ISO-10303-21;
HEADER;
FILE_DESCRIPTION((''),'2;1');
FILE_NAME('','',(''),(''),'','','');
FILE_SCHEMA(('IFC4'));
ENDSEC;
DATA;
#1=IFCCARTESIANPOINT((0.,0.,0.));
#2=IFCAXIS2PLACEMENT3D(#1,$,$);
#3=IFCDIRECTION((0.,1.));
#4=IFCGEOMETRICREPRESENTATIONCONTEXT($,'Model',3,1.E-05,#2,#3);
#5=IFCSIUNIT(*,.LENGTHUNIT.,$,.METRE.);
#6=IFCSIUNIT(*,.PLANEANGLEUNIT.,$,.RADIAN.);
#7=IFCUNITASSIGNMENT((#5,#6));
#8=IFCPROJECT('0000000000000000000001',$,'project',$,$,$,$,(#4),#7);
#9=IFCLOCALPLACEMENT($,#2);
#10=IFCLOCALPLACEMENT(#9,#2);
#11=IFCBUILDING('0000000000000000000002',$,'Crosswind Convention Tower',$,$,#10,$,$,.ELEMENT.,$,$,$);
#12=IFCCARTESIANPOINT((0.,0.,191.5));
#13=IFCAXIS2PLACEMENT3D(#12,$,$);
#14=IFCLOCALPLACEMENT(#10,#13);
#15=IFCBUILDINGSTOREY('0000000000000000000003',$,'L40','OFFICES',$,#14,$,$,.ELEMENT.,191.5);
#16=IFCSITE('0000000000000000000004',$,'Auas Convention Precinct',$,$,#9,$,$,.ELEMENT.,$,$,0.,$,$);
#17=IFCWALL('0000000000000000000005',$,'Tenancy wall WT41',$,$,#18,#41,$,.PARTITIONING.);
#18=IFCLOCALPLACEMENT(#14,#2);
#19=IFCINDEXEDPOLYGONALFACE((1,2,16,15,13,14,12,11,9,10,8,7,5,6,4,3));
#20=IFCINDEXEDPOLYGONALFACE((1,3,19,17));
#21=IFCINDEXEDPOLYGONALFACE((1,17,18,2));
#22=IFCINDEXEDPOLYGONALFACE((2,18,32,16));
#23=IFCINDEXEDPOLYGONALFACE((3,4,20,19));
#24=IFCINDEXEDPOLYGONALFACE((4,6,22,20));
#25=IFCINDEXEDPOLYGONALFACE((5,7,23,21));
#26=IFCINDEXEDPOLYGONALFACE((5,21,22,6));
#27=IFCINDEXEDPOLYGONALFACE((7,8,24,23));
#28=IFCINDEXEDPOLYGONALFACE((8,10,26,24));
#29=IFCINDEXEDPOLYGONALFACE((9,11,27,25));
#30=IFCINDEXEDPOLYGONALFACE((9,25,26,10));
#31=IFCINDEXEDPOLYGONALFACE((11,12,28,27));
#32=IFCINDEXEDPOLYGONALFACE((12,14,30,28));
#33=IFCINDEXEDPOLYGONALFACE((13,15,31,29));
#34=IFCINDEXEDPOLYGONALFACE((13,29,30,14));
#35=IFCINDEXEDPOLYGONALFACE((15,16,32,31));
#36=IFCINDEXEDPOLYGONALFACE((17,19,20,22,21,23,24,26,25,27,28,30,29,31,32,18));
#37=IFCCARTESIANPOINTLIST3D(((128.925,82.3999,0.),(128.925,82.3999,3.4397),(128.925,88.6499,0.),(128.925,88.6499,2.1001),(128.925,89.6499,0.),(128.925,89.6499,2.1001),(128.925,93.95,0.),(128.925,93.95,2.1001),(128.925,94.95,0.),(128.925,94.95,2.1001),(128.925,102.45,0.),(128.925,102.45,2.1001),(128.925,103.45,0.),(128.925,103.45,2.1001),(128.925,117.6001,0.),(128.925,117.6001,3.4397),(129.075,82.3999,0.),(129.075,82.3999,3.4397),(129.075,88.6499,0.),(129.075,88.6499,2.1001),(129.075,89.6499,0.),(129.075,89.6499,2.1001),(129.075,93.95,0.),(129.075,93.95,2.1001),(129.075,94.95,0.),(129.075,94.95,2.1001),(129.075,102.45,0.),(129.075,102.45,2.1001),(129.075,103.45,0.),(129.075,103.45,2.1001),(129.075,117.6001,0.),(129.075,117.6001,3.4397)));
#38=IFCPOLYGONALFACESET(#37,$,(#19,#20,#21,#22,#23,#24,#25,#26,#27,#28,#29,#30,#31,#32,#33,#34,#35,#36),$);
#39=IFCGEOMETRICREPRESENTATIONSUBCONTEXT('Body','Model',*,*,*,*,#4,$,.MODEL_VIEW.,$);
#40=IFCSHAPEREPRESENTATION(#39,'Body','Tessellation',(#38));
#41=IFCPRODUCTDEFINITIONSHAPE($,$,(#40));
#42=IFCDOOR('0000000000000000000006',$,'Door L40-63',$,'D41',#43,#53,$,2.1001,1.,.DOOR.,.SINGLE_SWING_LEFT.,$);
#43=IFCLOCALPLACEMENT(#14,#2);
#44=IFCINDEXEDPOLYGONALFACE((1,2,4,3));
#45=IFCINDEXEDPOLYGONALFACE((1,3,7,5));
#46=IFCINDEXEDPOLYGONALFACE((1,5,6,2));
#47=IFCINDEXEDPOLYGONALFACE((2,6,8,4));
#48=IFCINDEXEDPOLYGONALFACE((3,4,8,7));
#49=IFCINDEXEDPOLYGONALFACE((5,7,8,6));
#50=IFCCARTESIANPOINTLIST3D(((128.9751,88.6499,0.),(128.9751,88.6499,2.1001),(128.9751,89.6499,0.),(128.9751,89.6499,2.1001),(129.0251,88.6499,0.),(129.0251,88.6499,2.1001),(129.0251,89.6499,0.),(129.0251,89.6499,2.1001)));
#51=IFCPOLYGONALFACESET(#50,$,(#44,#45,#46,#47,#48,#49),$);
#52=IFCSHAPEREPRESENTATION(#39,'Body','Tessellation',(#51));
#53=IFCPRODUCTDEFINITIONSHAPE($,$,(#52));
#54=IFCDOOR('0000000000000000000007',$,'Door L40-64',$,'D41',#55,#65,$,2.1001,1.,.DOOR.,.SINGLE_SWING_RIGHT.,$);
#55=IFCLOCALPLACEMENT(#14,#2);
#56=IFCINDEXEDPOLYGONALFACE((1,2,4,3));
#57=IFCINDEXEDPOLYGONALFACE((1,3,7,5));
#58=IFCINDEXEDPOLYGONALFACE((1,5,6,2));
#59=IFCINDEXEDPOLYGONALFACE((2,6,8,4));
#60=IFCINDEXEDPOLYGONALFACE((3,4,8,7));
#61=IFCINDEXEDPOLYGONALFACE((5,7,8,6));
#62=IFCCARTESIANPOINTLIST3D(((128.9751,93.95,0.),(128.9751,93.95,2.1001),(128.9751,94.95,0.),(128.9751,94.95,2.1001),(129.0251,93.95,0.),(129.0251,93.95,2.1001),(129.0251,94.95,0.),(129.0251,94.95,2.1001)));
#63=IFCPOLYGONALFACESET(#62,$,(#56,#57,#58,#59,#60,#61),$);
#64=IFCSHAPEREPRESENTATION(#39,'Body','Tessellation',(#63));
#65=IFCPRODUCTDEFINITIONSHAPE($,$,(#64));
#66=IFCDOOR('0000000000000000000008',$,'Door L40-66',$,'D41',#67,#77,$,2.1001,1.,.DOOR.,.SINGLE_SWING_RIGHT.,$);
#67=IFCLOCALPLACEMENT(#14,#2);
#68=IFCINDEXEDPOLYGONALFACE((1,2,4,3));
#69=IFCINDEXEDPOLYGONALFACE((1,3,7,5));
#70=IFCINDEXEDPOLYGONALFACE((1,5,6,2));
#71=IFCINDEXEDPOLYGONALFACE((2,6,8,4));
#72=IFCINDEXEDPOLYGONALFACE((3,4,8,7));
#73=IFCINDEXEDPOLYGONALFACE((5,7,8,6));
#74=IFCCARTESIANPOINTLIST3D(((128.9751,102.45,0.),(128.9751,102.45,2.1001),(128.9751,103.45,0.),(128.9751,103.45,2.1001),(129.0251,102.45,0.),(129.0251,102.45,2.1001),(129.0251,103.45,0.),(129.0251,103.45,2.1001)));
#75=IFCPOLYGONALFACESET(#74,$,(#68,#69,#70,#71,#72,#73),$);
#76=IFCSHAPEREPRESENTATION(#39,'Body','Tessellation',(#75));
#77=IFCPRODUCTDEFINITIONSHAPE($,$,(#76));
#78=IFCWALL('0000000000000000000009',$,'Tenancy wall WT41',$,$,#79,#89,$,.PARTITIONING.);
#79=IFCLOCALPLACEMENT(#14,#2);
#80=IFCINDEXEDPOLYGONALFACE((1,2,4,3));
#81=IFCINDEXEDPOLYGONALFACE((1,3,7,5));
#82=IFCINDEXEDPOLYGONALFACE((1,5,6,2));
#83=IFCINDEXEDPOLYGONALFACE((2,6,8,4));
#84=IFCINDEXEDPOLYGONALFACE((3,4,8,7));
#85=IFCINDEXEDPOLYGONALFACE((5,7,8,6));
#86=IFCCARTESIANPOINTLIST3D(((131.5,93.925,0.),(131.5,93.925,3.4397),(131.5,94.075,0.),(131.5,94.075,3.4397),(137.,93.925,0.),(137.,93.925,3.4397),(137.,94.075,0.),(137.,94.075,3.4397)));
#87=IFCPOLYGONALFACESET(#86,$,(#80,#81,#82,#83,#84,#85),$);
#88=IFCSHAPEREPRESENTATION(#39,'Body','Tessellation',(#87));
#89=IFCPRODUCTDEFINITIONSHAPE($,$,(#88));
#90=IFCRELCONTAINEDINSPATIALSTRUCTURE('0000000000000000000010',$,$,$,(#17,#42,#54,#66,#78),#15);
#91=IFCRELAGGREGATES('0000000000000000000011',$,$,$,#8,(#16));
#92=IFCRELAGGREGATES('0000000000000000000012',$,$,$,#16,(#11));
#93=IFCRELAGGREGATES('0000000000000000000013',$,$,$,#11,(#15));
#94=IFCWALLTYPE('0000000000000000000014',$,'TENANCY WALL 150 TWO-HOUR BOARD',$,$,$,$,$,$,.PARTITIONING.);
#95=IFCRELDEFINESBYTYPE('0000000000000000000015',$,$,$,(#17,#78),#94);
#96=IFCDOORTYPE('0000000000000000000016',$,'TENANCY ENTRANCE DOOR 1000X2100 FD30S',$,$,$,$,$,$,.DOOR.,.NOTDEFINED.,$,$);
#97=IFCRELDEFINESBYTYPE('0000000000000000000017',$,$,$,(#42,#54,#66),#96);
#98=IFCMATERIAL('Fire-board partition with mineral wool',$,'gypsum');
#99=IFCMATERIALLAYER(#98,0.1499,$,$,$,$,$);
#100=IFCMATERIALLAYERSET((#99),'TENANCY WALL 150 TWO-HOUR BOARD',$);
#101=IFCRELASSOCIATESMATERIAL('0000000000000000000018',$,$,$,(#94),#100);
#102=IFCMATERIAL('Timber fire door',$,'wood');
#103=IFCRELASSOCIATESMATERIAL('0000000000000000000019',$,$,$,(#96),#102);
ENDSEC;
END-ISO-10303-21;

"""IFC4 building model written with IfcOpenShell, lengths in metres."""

from ifc_helpers import new_model, si_unit, direction, frame, frame_2d, origin, place, context, subcontext, project, spatial, rectangle, extrude, material, layer, layer_set, type_object, element, fill, save


model = new_model("IFC4")

# Units and contexts
model_context = context("Model", 3, precision=1e-05, world=origin(), true_north=direction((0.0, 1.0)))
body_context = subcontext(model_context, "Body", "Model", "MODEL_VIEW")
ifc_project = project(units=[si_unit("LENGTHUNIT", "METRE"), si_unit("PLANEANGLEUNIT", "RADIAN")], contexts=[model_context])

# Site, building, storey
site_placement = place(None, origin())
site = spatial("IfcSite", under=ifc_project, at=site_placement, Name="Auas Convention Precinct", CompositionType="ELEMENT", RefElevation=0.0)
building_placement = place(site_placement, origin())
building = spatial("IfcBuilding", under=site, at=building_placement, Name="Crosswind Convention Tower", CompositionType="ELEMENT")
storey_placement = place(building_placement, frame((0.0, 0.0, 191.5)))
storey = spatial("IfcBuildingStorey", under=building, at=storey_placement, Name="L40", Description="OFFICES", CompositionType="ELEMENT", Elevation=191.5)

# Wall, openings, doors
ifc_material_1 = material(Name="Fire-board partition with mineral wool", Category="gypsum")
ifc_layer_1 = layer(ifc_material_1, 0.1499)
ifc_layer_set_1 = layer_set([ifc_layer_1], Name="TENANCY WALL 150 TWO-HOUR BOARD")
wall_type_1 = type_object("IfcWallType", Name="TENANCY WALL 150 TWO-HOUR BOARD", PredefinedType="PARTITIONING", material=ifc_layer_set_1)
wall_1_placement = place(storey_placement, frame((129.0, 82.3999, 0.0), z_axis=(0.0, 0.0, 1.0), x_axis=(0.0, 1.0, 0.0)))
wall_1 = element("IfcWall", 1, at=wall_1_placement, inside=storey, type_object=wall_type_1, Name="Tenancy wall WT41", PredefinedType="PARTITIONING", context=body_context, shape_type="SweptSolid", body=[
    extrude(rectangle(XDim=35.2002, YDim=0.1499, at=frame_2d((17.6001, 0.0))), origin(), (0.0, 0.0, 1.0), 3.4397),
])
opening_1_placement = place(wall_1_placement, frame((6.25, 0.0, 0.0)))
opening_1 = element("IfcOpeningElement", 2, at=opening_1_placement, cuts=wall_1, PredefinedType="OPENING", context=body_context, shape_type="SweptSolid", body=[
    extrude(rectangle(XDim=1.0, YDim=2.1001, at=frame_2d((0.5, 1.05))), frame((0.0, 0.085, 0.0), z_axis=(0.0, -1.0, 0.0), x_axis=(1.0, 0.0, 0.0)), (0.0, 0.0, 1.0), 0.1699),
])
opening_2_placement = place(wall_1_placement, frame((11.55, 0.0, 0.0)))
opening_2 = element("IfcOpeningElement", 3, at=opening_2_placement, cuts=wall_1, PredefinedType="OPENING", context=body_context, shape_type="SweptSolid", body=[
    extrude(rectangle(XDim=1.0, YDim=2.1001, at=frame_2d((0.5, 1.05))), frame((0.0, 0.085, 0.0), z_axis=(0.0, -1.0, 0.0), x_axis=(1.0, 0.0, 0.0)), (0.0, 0.0, 1.0), 0.1699),
])
opening_3_placement = place(wall_1_placement, frame((20.05, 0.0, 0.0)))
opening_3 = element("IfcOpeningElement", 4, at=opening_3_placement, cuts=wall_1, PredefinedType="OPENING", context=body_context, shape_type="SweptSolid", body=[
    extrude(rectangle(XDim=1.0, YDim=2.1001, at=frame_2d((0.5, 1.05))), frame((0.0, 0.085, 0.0), z_axis=(0.0, -1.0, 0.0), x_axis=(1.0, 0.0, 0.0)), (0.0, 0.0, 1.0), 0.1699),
])
ifc_material_2 = material(Name="Timber fire door", Category="wood")
door_type = type_object("IfcDoorType", Name="TENANCY ENTRANCE DOOR 1000X2100 FD30S", OperationType="NOTDEFINED", PredefinedType="DOOR", material=ifc_material_2)
door_1_placement = place(opening_1_placement, origin())
door_1 = element("IfcDoor", 5, at=door_1_placement, inside=storey, type_object=door_type, Name="Door L40-63", ObjectType="D41", OperationType="SINGLE_SWING_LEFT", OverallHeight=2.1001, OverallWidth=1.0, PredefinedType="DOOR", context=body_context, shape_type="SweptSolid", body=[
    extrude(rectangle(XDim=1.0, YDim=2.1001, at=frame_2d((0.5, 1.05))), frame((0.0, 0.0249, 0.0), z_axis=(0.0, -1.0, 0.0), x_axis=(1.0, 0.0, 0.0)), (0.0, 0.0, 1.0), 0.05),
])
fill(opening_1, door_1)
door_2_placement = place(opening_2_placement, origin())
door_2 = element("IfcDoor", 6, at=door_2_placement, inside=storey, type_object=door_type, Name="Door L40-64", ObjectType="D41", OperationType="SINGLE_SWING_RIGHT", OverallHeight=2.1001, OverallWidth=1.0, PredefinedType="DOOR", context=body_context, shape_type="SweptSolid", body=[
    extrude(rectangle(XDim=1.0, YDim=2.1001, at=frame_2d((0.5, 1.05))), frame((0.0, 0.0249, 0.0), z_axis=(0.0, -1.0, 0.0), x_axis=(1.0, 0.0, 0.0)), (0.0, 0.0, 1.0), 0.05),
])
fill(opening_2, door_2)
door_3_placement = place(opening_3_placement, origin())
door_3 = element("IfcDoor", 7, at=door_3_placement, inside=storey, type_object=door_type, Name="Door L40-66", ObjectType="D41", OperationType="SINGLE_SWING_RIGHT", OverallHeight=2.1001, OverallWidth=1.0, PredefinedType="DOOR", context=body_context, shape_type="SweptSolid", body=[
    extrude(rectangle(XDim=1.0, YDim=2.1001, at=frame_2d((0.5, 1.05))), frame((0.0, 0.0249, 0.0), z_axis=(0.0, -1.0, 0.0), x_axis=(1.0, 0.0, 0.0)), (0.0, 0.0, 1.0), 0.05),
])
fill(opening_3, door_3)

# Wall
wall_2_placement = place(storey_placement, frame((131.5, 94.0, 0.0), z_axis=(0.0, 0.0, 1.0), x_axis=(1.0, 0.0, 0.0)))
element("IfcWall", 8, at=wall_2_placement, inside=storey, type_object=wall_type_1, Name="Tenancy wall WT41", PredefinedType="PARTITIONING", context=body_context, shape_type="SweptSolid", body=[
    extrude(rectangle(XDim=5.5, YDim=0.1499, at=frame_2d((2.75, 0.0))), origin(), (0.0, 0.0, 1.0), 3.4397),
])

save(model, "model.ifc")
